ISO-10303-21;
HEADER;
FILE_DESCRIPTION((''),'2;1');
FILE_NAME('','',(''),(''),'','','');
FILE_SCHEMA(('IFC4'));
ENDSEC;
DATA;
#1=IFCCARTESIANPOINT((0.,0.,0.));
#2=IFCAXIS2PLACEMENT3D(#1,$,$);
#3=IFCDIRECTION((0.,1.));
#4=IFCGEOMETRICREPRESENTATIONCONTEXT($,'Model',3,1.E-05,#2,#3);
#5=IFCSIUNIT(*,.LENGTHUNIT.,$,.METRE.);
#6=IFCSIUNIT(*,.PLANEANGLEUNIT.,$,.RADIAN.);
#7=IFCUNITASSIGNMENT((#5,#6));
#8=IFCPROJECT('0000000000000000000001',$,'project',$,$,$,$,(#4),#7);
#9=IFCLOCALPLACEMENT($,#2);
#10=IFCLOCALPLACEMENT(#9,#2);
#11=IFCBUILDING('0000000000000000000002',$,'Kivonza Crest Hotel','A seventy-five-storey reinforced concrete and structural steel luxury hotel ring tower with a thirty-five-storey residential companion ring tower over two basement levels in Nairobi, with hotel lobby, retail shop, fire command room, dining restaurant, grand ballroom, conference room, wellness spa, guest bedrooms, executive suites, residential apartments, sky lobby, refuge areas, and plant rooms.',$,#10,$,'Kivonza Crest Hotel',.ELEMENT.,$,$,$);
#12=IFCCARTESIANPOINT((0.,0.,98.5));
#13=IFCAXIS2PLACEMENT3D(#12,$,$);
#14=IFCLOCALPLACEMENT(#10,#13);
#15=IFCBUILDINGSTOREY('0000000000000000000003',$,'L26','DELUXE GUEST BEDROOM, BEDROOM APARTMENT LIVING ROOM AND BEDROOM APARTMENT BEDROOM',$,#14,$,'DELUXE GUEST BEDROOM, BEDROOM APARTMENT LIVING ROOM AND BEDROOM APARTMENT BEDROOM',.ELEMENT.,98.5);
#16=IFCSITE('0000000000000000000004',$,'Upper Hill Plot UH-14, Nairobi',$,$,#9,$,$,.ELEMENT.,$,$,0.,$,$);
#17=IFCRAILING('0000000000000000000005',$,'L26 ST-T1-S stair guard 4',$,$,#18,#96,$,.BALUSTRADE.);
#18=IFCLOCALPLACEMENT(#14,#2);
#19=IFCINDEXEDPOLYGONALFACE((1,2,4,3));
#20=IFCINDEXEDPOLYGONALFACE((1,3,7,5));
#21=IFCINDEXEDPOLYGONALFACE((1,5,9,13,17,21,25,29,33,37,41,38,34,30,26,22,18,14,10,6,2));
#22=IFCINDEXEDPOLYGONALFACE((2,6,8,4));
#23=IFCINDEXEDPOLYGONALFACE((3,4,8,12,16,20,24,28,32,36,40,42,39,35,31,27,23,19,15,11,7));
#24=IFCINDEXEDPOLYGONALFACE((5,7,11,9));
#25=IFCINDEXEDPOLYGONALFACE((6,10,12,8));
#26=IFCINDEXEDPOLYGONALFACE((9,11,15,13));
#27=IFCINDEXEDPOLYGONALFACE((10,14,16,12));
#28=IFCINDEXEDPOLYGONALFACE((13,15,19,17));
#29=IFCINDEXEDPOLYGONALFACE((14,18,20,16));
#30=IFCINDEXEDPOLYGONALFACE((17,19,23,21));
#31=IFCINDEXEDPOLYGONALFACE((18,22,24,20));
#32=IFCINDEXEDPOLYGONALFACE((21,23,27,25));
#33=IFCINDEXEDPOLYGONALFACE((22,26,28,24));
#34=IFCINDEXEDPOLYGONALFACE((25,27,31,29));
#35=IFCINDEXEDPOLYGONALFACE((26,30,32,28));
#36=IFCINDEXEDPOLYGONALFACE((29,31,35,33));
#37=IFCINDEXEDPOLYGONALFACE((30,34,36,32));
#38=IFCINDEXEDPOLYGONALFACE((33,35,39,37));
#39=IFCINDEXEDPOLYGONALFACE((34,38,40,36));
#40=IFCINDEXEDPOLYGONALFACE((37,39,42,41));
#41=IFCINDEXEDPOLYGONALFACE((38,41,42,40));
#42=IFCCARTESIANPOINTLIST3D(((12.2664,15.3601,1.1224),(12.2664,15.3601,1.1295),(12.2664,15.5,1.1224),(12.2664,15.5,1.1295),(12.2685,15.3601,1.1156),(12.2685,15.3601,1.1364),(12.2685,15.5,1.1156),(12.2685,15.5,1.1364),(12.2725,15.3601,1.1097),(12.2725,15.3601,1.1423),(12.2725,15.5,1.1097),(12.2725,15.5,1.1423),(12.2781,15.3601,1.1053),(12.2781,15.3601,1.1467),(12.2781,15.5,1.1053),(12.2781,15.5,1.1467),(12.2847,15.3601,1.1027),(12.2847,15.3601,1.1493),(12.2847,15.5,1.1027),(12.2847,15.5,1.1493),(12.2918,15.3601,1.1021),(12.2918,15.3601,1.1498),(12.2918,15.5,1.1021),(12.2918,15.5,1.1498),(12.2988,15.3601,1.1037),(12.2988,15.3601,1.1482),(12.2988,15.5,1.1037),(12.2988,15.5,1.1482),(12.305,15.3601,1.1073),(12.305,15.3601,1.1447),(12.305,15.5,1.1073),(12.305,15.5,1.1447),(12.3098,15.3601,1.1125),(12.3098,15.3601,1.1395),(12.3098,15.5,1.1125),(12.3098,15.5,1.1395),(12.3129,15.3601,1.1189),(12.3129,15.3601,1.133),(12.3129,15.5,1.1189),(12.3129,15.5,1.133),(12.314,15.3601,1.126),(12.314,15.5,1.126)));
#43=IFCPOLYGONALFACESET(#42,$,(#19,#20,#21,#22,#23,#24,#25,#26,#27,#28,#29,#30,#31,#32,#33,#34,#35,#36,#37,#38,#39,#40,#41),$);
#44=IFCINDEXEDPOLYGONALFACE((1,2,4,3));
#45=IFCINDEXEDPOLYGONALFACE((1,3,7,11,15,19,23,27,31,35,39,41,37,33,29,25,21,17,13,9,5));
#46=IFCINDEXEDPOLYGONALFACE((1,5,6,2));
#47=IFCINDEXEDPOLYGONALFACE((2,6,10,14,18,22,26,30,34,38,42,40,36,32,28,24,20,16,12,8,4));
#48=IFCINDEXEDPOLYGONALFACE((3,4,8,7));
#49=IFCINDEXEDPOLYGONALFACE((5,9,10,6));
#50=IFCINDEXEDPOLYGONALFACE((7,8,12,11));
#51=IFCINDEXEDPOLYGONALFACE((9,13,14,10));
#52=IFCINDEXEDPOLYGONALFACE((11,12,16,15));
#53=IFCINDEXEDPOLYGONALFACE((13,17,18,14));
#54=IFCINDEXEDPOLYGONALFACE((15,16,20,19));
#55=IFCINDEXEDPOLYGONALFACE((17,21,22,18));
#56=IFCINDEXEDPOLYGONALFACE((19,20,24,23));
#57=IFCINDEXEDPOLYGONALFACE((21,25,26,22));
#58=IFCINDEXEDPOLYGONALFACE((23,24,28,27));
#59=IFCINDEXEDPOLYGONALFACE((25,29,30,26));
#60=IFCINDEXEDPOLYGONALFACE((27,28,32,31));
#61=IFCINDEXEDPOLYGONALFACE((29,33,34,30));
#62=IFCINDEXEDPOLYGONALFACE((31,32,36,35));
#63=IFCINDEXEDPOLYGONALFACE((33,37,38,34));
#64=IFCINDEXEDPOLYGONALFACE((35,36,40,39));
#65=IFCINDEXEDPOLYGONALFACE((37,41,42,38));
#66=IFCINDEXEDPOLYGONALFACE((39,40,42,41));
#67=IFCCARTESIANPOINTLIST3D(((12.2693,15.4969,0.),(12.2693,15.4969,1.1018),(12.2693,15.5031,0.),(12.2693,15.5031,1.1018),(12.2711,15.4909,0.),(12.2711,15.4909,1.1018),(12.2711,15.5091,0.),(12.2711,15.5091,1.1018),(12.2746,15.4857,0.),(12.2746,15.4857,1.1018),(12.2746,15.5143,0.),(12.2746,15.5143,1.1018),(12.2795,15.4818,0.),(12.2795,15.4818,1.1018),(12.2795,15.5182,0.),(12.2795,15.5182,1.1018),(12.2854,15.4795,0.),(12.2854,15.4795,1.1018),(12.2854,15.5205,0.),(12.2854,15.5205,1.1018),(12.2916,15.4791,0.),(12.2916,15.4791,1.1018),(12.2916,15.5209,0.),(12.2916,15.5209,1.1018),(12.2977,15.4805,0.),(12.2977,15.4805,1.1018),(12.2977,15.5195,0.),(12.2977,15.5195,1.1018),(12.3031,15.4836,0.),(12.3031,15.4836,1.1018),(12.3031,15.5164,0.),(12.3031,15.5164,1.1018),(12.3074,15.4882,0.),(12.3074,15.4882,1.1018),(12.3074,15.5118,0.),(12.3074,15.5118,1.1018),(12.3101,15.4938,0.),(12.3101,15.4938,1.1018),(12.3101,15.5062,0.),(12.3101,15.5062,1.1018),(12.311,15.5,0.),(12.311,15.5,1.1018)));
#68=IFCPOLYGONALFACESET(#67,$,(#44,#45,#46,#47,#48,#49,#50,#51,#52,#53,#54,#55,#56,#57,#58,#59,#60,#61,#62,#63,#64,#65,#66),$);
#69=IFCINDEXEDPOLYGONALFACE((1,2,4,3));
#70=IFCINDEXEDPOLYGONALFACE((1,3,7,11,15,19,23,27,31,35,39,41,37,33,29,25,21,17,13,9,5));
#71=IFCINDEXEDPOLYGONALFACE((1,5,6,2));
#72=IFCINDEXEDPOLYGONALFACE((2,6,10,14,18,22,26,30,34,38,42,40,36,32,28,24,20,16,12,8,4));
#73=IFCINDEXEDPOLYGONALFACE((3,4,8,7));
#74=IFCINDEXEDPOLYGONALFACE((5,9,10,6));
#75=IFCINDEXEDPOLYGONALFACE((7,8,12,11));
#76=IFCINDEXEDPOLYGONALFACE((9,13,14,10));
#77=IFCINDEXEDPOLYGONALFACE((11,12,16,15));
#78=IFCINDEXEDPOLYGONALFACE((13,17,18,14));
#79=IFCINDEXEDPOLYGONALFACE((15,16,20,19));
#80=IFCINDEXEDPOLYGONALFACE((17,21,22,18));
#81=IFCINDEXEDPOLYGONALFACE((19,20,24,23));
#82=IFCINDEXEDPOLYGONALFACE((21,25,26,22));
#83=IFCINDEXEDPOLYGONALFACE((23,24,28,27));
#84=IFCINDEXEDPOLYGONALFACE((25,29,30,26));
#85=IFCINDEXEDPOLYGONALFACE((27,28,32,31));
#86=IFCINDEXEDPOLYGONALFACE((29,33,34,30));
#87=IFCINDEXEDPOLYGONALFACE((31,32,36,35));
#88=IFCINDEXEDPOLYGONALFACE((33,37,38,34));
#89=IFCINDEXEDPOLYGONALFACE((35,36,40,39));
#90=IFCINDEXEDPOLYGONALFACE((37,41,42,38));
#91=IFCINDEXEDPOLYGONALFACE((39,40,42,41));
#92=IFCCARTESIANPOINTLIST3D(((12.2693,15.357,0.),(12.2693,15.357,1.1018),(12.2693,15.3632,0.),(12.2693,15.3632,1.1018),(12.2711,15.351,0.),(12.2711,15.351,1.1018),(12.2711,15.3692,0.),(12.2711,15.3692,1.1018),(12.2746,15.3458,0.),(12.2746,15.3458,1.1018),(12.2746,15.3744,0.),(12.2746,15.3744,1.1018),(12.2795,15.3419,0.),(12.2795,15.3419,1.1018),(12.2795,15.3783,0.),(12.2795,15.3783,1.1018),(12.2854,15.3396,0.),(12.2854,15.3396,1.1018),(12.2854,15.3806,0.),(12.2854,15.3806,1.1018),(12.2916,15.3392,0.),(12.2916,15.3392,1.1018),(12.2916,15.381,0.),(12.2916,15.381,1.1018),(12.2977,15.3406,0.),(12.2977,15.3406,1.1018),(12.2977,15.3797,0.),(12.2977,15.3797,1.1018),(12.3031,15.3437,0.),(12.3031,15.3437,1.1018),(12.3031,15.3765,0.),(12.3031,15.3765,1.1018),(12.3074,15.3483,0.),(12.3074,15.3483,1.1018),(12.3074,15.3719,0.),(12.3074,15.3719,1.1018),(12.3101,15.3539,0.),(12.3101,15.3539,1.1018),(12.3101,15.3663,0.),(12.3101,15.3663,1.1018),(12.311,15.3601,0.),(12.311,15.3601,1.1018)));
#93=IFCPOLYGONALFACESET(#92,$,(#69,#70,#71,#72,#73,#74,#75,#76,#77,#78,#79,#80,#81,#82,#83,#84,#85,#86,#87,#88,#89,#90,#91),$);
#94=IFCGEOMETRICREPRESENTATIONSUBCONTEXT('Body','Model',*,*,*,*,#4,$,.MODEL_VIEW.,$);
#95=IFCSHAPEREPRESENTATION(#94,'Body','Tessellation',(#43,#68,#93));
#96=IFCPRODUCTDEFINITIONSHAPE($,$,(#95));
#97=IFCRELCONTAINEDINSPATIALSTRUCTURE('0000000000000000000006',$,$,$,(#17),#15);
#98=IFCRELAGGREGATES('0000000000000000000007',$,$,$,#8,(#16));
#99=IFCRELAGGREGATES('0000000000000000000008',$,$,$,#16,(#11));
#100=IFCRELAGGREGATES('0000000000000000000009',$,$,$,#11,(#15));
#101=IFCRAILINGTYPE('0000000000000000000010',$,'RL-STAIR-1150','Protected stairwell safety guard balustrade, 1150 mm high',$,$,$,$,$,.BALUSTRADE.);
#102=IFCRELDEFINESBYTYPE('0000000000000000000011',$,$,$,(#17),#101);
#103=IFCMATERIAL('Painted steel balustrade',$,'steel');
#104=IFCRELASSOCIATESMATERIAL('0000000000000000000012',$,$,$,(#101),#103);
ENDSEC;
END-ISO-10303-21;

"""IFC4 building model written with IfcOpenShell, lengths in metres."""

from ifc_helpers import new_model, si_unit, direction, frame, origin, origin_2d, place, context, subcontext, project, spatial, circle, extrude, material, type_object, element, save


model = new_model("IFC4")

# Units and contexts
model_context = context("Model", 3, precision=1e-05, world=origin(), true_north=direction((0.0, 1.0)))
body_context = subcontext(model_context, "Body", "Model", "MODEL_VIEW")
ifc_project = project(units=[si_unit("LENGTHUNIT", "METRE"), si_unit("PLANEANGLEUNIT", "RADIAN")], contexts=[model_context])

# Site, building, storey
site_placement = place(None, origin())
site = spatial("IfcSite", under=ifc_project, at=site_placement, Name="Upper Hill Plot UH-14, Nairobi", CompositionType="ELEMENT", RefElevation=0.0)
building_placement = place(site_placement, origin())
building = spatial("IfcBuilding", under=site, at=building_placement, Name="Kivonza Crest Hotel", Description="A seventy-five-storey reinforced concrete and structural steel luxury hotel ring tower with a thirty-five-storey residential companion ring tower over two basement levels in Nairobi, with hotel lobby, retail shop, fire command room, dining restaurant, grand ballroom, conference room, wellness spa, guest bedrooms, executive suites, residential apartments, sky lobby, refuge areas, and plant rooms.", LongName="Kivonza Crest Hotel", CompositionType="ELEMENT")
storey_placement = place(building_placement, frame((0.0, 0.0, 98.5)))
storey = spatial("IfcBuildingStorey", under=building, at=storey_placement, Name="L26", Description="DELUXE GUEST BEDROOM, BEDROOM APARTMENT LIVING ROOM AND BEDROOM APARTMENT BEDROOM", LongName="DELUXE GUEST BEDROOM, BEDROOM APARTMENT LIVING ROOM AND BEDROOM APARTMENT BEDROOM", CompositionType="ELEMENT", Elevation=98.5)

# Railing
ifc_material_1 = material(Name="Painted steel balustrade", Category="steel")
railing_type_1 = type_object("IfcRailingType", Name="RL-STAIR-1150", Description="Protected stairwell safety guard balustrade, 1150 mm high", PredefinedType="BALUSTRADE", material=ifc_material_1)
railing_1_placement = place(storey_placement, frame((12.29, 15.5, 0.0)))
element("IfcRailing", 1, at=railing_1_placement, inside=storey, type_object=railing_type_1, Name="L26 ST-T1-S stair guard 4", PredefinedType="BALUSTRADE", context=body_context, shape_type="SweptSolid", body=[
    extrude(circle(Radius=0.0239, at=origin_2d()), frame((0.0, 0.0, 1.126), z_axis=(0.0, -1.0, 0.0), x_axis=(1.0, 0.0, 0.0)), (0.0, 0.0, 1.0), 0.1399),
    extrude(circle(Radius=0.021, at=origin_2d()), origin(), (0.0, 0.0, 1.0), 1.1018),
    extrude(circle(Radius=0.021, at=origin_2d()), frame((0.0, -0.1399, 0.0)), (0.0, 0.0, 1.0), 1.1018),
])

save(model, "model.ifc")
